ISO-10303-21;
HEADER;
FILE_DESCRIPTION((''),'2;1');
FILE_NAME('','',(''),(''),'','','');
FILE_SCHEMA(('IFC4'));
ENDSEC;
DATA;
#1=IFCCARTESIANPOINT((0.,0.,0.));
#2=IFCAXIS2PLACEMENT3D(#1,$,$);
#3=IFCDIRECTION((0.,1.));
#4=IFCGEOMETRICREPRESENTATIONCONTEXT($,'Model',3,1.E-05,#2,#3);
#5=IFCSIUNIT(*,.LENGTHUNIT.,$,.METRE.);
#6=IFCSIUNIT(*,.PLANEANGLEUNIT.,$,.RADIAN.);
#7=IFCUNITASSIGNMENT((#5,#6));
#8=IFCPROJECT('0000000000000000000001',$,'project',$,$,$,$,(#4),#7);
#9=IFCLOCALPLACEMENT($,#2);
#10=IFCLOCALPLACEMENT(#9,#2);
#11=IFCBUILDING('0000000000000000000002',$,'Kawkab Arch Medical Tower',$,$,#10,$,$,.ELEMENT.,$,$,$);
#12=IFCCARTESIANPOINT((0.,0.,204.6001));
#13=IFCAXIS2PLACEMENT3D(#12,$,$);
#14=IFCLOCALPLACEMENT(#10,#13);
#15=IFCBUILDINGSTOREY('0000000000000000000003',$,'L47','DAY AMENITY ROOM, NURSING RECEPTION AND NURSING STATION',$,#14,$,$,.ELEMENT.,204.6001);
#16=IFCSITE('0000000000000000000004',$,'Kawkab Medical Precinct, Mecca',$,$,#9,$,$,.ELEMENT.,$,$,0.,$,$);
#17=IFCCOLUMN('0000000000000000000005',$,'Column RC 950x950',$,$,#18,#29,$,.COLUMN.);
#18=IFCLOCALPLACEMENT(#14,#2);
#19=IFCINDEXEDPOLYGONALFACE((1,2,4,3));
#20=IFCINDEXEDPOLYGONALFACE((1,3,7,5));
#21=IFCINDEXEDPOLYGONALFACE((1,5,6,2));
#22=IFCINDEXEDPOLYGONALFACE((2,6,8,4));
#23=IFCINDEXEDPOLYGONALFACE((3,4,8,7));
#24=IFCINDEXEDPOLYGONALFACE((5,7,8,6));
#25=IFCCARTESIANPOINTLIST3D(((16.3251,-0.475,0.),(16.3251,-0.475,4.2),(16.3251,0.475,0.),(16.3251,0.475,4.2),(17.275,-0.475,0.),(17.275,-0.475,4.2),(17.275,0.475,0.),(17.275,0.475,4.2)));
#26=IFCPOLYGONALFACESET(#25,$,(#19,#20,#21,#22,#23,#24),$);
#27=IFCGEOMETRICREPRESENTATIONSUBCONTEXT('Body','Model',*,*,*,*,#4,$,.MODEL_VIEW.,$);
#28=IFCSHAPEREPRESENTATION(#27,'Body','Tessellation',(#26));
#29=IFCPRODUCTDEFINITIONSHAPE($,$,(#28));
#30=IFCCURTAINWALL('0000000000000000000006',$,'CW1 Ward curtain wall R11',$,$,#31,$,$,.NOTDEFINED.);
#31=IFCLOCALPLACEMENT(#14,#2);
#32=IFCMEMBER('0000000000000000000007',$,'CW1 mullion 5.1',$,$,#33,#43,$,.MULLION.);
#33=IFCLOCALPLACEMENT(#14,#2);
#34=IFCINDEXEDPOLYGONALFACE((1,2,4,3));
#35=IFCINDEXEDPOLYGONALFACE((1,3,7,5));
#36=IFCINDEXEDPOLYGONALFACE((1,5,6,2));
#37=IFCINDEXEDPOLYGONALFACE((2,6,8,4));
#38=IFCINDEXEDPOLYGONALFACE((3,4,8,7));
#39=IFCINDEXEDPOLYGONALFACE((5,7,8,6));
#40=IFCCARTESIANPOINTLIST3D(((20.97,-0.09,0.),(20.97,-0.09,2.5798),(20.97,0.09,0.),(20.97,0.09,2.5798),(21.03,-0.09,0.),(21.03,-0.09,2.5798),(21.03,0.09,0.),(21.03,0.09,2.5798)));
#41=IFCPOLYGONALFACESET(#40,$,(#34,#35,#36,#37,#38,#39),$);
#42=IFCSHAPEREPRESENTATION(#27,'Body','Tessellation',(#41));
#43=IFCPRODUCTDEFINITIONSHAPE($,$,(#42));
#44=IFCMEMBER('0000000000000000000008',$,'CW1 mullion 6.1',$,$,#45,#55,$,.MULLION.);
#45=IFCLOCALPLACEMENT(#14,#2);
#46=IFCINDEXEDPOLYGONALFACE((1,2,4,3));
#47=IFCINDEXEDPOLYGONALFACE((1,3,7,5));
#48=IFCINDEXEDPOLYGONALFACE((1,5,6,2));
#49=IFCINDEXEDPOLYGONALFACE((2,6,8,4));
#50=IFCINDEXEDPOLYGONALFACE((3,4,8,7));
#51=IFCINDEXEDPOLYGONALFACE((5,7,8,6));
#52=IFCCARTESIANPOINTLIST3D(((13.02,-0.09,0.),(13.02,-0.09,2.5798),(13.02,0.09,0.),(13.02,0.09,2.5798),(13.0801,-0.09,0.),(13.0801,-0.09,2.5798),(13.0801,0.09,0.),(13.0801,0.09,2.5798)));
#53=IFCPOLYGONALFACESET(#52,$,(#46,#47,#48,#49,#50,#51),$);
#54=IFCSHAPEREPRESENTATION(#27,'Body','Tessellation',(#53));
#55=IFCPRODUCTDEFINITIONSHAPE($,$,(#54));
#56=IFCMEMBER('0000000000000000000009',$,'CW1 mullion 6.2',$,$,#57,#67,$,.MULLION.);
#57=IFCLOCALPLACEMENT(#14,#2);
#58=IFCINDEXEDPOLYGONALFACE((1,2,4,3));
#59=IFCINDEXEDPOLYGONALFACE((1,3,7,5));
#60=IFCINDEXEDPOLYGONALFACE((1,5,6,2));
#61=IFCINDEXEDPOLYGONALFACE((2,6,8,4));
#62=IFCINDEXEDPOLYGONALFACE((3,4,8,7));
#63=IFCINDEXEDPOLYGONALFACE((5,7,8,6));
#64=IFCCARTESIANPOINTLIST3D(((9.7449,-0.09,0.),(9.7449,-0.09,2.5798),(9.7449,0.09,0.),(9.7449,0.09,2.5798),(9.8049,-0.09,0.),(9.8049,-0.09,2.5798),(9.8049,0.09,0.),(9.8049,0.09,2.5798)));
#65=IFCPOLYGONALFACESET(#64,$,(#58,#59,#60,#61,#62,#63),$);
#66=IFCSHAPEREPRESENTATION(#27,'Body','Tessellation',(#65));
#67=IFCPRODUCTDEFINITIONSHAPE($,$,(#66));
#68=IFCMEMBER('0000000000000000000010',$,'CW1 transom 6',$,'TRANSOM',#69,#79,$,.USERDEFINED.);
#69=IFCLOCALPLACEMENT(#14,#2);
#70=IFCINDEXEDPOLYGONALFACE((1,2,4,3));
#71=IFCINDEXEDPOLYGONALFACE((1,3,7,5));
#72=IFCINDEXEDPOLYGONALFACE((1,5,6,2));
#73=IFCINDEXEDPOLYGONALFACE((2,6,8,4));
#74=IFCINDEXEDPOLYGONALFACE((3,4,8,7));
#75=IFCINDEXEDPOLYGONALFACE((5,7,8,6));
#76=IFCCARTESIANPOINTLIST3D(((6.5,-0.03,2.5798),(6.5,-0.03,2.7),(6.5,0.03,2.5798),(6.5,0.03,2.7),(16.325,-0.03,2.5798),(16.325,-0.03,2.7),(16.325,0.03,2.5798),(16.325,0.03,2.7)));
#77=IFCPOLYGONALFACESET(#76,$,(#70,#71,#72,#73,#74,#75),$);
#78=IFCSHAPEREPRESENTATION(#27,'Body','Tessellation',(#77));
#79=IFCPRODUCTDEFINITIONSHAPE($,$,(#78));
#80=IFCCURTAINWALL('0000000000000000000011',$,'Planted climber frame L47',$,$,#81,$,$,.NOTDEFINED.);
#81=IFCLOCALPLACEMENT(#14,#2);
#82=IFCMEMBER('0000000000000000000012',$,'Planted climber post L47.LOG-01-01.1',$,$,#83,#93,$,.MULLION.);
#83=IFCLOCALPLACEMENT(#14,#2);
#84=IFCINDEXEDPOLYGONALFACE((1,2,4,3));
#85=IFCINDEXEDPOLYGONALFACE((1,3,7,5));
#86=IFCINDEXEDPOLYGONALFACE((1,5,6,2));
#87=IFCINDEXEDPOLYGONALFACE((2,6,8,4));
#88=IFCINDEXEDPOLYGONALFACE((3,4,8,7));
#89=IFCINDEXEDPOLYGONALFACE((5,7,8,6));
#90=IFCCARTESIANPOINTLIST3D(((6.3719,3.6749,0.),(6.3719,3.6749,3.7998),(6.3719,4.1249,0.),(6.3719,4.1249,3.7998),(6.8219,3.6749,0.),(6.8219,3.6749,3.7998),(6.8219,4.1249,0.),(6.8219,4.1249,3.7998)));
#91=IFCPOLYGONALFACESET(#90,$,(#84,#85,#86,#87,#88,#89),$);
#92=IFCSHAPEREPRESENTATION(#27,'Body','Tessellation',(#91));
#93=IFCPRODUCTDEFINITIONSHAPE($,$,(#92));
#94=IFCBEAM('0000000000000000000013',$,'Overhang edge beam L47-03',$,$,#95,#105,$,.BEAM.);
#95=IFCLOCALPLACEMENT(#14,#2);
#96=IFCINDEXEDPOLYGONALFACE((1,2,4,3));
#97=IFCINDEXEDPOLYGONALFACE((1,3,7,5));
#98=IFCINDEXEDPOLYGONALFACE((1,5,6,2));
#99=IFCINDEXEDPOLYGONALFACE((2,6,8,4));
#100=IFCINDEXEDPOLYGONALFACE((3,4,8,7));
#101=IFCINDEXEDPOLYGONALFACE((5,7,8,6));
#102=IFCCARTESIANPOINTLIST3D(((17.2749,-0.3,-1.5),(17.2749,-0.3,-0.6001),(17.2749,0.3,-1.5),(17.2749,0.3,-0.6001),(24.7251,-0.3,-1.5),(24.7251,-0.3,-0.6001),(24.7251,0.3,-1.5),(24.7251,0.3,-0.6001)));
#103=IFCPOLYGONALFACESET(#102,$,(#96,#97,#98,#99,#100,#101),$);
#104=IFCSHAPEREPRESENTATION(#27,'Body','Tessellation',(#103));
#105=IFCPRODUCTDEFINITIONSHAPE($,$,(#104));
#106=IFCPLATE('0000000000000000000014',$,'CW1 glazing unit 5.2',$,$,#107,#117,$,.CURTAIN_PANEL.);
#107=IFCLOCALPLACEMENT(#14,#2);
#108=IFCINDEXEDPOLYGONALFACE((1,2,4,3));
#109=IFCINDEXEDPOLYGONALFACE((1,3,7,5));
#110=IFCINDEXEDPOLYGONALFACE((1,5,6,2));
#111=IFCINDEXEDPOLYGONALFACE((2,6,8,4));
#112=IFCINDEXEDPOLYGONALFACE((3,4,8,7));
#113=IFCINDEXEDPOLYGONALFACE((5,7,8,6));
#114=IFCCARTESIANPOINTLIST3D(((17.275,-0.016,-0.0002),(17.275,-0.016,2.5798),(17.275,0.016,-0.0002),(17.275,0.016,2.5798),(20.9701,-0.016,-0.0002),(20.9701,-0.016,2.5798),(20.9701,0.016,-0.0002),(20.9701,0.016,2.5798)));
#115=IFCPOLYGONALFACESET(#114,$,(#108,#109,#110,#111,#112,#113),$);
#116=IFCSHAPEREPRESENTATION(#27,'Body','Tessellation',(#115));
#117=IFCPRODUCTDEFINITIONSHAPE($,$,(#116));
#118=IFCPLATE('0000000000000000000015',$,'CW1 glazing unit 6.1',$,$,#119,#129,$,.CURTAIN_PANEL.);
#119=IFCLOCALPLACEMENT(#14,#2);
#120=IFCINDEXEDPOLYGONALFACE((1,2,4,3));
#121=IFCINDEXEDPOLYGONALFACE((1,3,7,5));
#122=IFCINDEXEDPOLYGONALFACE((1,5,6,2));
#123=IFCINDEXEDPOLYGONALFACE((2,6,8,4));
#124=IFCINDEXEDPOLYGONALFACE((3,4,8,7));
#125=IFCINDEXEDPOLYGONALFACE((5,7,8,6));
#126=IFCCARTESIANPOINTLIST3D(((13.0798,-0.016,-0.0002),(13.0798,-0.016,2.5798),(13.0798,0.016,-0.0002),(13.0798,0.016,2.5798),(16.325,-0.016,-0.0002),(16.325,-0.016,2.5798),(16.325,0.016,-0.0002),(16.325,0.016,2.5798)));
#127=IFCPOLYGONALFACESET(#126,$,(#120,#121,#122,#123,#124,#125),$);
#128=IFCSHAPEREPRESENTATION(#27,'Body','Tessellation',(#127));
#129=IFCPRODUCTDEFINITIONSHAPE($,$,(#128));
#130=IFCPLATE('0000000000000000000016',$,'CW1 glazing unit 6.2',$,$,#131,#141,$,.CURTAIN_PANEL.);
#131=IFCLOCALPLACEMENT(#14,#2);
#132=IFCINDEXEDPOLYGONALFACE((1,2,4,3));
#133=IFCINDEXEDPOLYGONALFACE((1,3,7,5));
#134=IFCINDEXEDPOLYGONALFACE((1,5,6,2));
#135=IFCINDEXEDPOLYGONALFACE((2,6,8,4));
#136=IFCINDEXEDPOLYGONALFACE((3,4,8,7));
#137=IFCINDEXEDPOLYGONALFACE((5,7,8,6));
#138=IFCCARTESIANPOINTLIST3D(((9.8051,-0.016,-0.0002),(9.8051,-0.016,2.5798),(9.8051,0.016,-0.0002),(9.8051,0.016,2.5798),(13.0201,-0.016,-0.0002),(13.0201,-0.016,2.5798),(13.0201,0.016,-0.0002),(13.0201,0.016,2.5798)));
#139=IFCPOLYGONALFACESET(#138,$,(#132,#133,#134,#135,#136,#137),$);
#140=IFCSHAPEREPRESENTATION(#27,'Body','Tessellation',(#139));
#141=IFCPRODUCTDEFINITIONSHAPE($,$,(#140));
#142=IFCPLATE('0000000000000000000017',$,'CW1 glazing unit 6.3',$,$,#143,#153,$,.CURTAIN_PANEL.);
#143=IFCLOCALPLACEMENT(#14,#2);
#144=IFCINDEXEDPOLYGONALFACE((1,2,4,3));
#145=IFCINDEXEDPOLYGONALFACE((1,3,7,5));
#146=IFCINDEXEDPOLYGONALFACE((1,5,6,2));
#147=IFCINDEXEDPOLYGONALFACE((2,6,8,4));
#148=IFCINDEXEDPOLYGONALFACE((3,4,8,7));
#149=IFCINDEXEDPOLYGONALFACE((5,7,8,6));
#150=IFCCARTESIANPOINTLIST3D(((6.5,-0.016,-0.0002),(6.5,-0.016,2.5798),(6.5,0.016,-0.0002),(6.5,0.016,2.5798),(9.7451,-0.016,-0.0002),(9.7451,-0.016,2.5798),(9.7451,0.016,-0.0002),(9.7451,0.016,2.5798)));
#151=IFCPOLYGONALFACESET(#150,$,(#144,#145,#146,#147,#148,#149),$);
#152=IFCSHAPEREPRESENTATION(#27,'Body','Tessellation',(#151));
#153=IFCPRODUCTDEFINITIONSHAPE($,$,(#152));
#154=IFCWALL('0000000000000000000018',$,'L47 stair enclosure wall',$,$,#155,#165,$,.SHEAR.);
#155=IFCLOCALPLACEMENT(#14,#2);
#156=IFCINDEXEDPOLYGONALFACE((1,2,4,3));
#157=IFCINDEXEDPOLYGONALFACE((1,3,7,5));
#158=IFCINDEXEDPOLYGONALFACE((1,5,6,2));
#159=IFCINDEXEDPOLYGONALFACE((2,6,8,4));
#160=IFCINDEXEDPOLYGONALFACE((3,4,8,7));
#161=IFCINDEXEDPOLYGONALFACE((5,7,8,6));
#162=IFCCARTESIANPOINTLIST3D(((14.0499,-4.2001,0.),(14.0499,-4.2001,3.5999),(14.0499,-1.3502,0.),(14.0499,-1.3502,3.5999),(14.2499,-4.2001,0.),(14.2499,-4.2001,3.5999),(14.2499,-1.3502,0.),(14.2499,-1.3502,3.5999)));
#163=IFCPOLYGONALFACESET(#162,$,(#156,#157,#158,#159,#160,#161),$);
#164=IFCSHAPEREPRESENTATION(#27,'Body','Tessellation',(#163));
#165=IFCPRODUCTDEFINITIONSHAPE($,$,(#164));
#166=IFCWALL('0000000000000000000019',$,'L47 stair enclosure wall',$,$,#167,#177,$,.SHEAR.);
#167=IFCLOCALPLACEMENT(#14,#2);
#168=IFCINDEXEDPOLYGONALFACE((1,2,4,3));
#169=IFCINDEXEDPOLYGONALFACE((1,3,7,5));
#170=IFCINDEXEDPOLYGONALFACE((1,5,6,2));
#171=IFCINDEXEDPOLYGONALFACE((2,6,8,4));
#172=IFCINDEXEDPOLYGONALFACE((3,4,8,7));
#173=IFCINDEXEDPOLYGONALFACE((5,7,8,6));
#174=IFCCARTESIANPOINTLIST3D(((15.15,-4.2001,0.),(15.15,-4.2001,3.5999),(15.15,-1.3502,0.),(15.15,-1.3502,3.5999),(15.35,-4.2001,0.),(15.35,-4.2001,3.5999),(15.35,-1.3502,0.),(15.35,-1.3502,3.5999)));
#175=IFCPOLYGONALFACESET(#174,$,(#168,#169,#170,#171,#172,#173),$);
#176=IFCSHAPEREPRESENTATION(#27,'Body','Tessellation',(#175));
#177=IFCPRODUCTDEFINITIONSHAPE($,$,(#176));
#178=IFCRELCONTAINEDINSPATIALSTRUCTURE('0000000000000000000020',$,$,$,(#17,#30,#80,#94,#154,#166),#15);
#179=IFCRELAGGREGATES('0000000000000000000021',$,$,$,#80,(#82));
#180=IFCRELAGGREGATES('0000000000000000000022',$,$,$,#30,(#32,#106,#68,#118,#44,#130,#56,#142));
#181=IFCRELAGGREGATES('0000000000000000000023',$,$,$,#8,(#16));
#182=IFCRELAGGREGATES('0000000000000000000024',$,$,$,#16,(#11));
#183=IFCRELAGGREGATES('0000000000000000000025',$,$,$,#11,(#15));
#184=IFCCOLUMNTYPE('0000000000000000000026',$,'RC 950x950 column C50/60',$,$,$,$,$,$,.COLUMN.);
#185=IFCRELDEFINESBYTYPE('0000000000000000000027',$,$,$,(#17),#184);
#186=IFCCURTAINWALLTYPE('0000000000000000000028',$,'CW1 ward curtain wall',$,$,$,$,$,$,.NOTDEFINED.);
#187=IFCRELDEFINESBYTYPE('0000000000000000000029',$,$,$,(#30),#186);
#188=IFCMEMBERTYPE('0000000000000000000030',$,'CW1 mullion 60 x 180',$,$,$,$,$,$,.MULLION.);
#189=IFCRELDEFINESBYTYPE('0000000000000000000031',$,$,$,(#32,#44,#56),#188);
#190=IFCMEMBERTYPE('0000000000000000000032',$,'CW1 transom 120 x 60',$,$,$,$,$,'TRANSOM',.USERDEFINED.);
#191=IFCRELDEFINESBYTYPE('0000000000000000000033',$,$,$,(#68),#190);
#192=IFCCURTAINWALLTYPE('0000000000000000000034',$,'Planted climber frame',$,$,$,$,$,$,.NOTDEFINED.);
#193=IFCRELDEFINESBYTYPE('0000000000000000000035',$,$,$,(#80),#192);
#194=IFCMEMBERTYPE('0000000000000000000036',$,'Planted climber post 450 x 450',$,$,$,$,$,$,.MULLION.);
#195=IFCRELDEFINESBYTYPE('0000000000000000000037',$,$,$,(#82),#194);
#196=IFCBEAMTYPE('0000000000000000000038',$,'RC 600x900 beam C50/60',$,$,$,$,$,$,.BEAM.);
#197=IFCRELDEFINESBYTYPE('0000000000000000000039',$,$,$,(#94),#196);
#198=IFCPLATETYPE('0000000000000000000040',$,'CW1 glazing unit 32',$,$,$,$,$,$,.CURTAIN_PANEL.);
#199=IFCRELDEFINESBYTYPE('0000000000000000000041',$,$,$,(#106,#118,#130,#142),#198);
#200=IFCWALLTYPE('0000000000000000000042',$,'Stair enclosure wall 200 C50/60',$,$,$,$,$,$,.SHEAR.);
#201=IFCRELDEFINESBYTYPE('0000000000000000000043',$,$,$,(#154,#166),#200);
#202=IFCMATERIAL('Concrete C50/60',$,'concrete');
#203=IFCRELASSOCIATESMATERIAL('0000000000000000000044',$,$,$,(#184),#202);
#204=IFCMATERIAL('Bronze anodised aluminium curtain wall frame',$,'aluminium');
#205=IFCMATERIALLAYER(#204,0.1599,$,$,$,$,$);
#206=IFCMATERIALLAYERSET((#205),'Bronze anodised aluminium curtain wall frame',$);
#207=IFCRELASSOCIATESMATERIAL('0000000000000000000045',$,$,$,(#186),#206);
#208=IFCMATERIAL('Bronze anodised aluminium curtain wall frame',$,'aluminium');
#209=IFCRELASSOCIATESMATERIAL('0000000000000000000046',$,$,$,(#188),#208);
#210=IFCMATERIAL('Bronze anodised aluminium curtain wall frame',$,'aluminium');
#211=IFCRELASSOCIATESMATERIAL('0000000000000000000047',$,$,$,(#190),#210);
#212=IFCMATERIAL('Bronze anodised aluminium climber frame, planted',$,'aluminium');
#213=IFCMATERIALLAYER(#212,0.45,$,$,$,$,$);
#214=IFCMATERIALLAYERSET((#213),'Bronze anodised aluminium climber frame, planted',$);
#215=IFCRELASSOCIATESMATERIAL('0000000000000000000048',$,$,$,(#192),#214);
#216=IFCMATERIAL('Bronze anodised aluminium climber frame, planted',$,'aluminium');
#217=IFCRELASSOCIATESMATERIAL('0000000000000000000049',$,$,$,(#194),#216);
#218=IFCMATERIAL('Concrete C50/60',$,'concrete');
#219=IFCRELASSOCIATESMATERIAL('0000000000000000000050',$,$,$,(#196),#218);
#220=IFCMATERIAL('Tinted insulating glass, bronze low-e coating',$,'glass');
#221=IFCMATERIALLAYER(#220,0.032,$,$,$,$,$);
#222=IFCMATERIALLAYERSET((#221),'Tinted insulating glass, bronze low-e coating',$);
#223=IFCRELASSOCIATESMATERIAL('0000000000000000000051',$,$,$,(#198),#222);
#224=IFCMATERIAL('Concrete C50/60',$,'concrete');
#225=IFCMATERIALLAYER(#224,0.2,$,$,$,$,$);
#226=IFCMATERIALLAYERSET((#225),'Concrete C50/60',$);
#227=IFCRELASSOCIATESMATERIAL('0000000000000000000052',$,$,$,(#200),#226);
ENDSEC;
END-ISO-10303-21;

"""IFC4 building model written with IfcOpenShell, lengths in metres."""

from ifc_helpers import new_model, si_unit, direction, frame, frame_2d, origin, origin_2d, place, context, subcontext, project, spatial, rectangle, extrude, material, layer, layer_set, material_profile, profile_set, type_object, element, aggregate, save


model = new_model("IFC4")

# Units and contexts
model_context = context("Model", 3, precision=1e-05, world=origin(), true_north=direction((0.0, 1.0)))
body_context = subcontext(model_context, "Body", "Model", "MODEL_VIEW")
ifc_project = project(units=[si_unit("LENGTHUNIT", "METRE"), si_unit("PLANEANGLEUNIT", "RADIAN")], contexts=[model_context])

# Site, building, storey
site_placement = place(None, origin())
site = spatial("IfcSite", under=ifc_project, at=site_placement, Name="Kawkab Medical Precinct, Mecca", CompositionType="ELEMENT", RefElevation=0.0)
building_placement = place(site_placement, origin())
building = spatial("IfcBuilding", under=site, at=building_placement, Name="Kawkab Arch Medical Tower", CompositionType="ELEMENT")
storey_placement = place(building_placement, frame((0.0, 0.0, 204.6001)))
storey = spatial("IfcBuildingStorey", under=building, at=storey_placement, Name="L47", Description="DAY AMENITY ROOM, NURSING RECEPTION AND NURSING STATION", CompositionType="ELEMENT", Elevation=204.6001)

# Column
ifc_material_1 = material(Name="Concrete C50/60", Category="concrete")
ifc_material_profile_1 = material_profile(ifc_material_1, rectangle(XDim=0.95, YDim=0.95, at=origin_2d()), Name="RC 950x950")
ifc_profile_set_1 = profile_set([ifc_material_profile_1], Name="Concrete C50/60")
column_type = type_object("IfcColumnType", Name="RC 950x950 column C50/60", PredefinedType="COLUMN", material=ifc_profile_set_1)
column_placement = place(storey_placement, frame((16.8, 0.0, 0.0), z_axis=(0.0, 0.0, 1.0), x_axis=(1.0, 0.0, 0.0)))
element("IfcColumn", 1, at=column_placement, inside=storey, type_object=column_type, Name="Column RC 950x950", PredefinedType="COLUMN", context=body_context, shape_type="SweptSolid", body=[
    extrude(rectangle(XDim=0.95, YDim=0.95, at=origin_2d()), origin(), (0.0, 0.0, 1.0), 4.2),
])

# Curtain wall, members
ifc_material_2 = material(Name="Bronze anodised aluminium curtain wall frame", Category="aluminium")
ifc_layer_1 = layer(ifc_material_2, 0.1599)
ifc_layer_set_1 = layer_set([ifc_layer_1], Name="Bronze anodised aluminium curtain wall frame")
curtain_wall_type_1 = type_object("IfcCurtainWallType", Name="CW1 ward curtain wall", PredefinedType="NOTDEFINED", material=ifc_layer_set_1)
placement = place(storey_placement, origin())
curtain_wall_1 = element("IfcCurtainWall", 2, at=placement, inside=storey, type_object=curtain_wall_type_1, Name="CW1 Ward curtain wall R11", PredefinedType="NOTDEFINED")
ifc_material_3 = material(Name="Bronze anodised aluminium curtain wall frame", Category="aluminium")
ifc_material_profile_2 = material_profile(ifc_material_3, rectangle(XDim=0.1799, YDim=0.0601, at=origin_2d()), Name="AL 60x180")
ifc_profile_set_2 = profile_set([ifc_material_profile_2], Name="Bronze anodised aluminium curtain wall frame")
member_type_1 = type_object("IfcMemberType", Name="CW1 mullion 60 x 180", PredefinedType="MULLION", material=ifc_profile_set_2)
member_1_placement = place(storey_placement, frame((21.0, 0.0, 0.0), z_axis=(0.0, 0.0, 1.0), x_axis=(0.0, -1.0, 0.0)))
member_1 = element("IfcMember", 3, at=member_1_placement, type_object=member_type_1, Name="CW1 mullion 5.1", PredefinedType="MULLION", context=body_context, shape_type="SweptSolid", body=[
    extrude(rectangle(XDim=0.1799, YDim=0.0601, at=origin_2d()), origin(), (0.0, 0.0, 1.0), 2.5798),
])
member_2_placement = place(storey_placement, frame((13.05, 0.0, 0.0), z_axis=(0.0, 0.0, 1.0), x_axis=(0.0, -1.0, 0.0)))
member_2 = element("IfcMember", 4, at=member_2_placement, type_object=member_type_1, Name="CW1 mullion 6.1", PredefinedType="MULLION", context=body_context, shape_type="SweptSolid", body=[
    extrude(rectangle(XDim=0.1799, YDim=0.0601, at=origin_2d()), origin(), (0.0, 0.0, 1.0), 2.5798),
])
member_3_placement = place(storey_placement, frame((9.7749, 0.0, 0.0), z_axis=(0.0, 0.0, 1.0), x_axis=(0.0, -1.0, 0.0)))
member_3 = element("IfcMember", 5, at=member_3_placement, type_object=member_type_1, Name="CW1 mullion 6.2", PredefinedType="MULLION", context=body_context, shape_type="SweptSolid", body=[
    extrude(rectangle(XDim=0.1799, YDim=0.0601, at=origin_2d()), origin(), (0.0, 0.0, 1.0), 2.5798),
])
ifc_material_4 = material(Name="Bronze anodised aluminium curtain wall frame", Category="aluminium")
ifc_material_profile_3 = material_profile(ifc_material_4, rectangle(XDim=0.0601, YDim=0.1201, at=origin_2d()), Name="AL 60x120")
ifc_profile_set_3 = profile_set([ifc_material_profile_3], Name="Bronze anodised aluminium curtain wall frame")
member_type_2 = type_object("IfcMemberType", Name="CW1 transom 120 x 60", ElementType="TRANSOM", PredefinedType="USERDEFINED", material=ifc_profile_set_3)
member_4_placement = place(storey_placement, frame((16.325, 0.0, 2.6399), z_axis=(-1.0, 0.0, 0.0), x_axis=(0.0, -1.0, 0.0)))
member_4 = element("IfcMember", 6, at=member_4_placement, type_object=member_type_2, Name="CW1 transom 6", ObjectType="TRANSOM", PredefinedType="USERDEFINED", context=body_context, shape_type="SweptSolid", body=[
    extrude(rectangle(XDim=0.0601, YDim=0.1201, at=origin_2d()), origin(), (0.0, 0.0, 1.0), 9.825),
])

# Curtain wall, member
ifc_material_5 = material(Name="Bronze anodised aluminium climber frame, planted", Category="aluminium")
ifc_layer_2 = layer(ifc_material_5, 0.45)
ifc_layer_set_2 = layer_set([ifc_layer_2], Name="Bronze anodised aluminium climber frame, planted")
curtain_wall_type_2 = type_object("IfcCurtainWallType", Name="Planted climber frame", PredefinedType="NOTDEFINED", material=ifc_layer_set_2)
curtain_wall_2 = element("IfcCurtainWall", 7, at=placement, inside=storey, type_object=curtain_wall_type_2, Name="Planted climber frame L47", PredefinedType="NOTDEFINED")
ifc_material_6 = material(Name="Bronze anodised aluminium climber frame, planted", Category="aluminium")
ifc_material_profile_4 = material_profile(ifc_material_6, rectangle(XDim=0.45, YDim=0.45, at=origin_2d()), Name="Post 450x450")
ifc_profile_set_4 = profile_set([ifc_material_profile_4], Name="Bronze anodised aluminium climber frame, planted")
member_type_3 = type_object("IfcMemberType", Name="Planted climber post 450 x 450", PredefinedType="MULLION", material=ifc_profile_set_4)
member_5_placement = place(storey_placement, frame((6.5969, 3.8999, 0.0), z_axis=(0.0, 0.0, 1.0), x_axis=(1.0, 0.0, 0.0)))
member_5 = element("IfcMember", 8, at=member_5_placement, type_object=member_type_3, Name="Planted climber post L47.LOG-01-01.1", PredefinedType="MULLION", context=body_context, shape_type="SweptSolid", body=[
    extrude(rectangle(XDim=0.45, YDim=0.45, at=origin_2d()), origin(), (0.0, 0.0, 1.0), 3.7998),
])
aggregate(curtain_wall_2, [member_5])

# Beam
ifc_material_7 = material(Name="Concrete C50/60", Category="concrete")
ifc_material_profile_5 = material_profile(ifc_material_7, rectangle(XDim=0.6001, YDim=0.8999, at=origin_2d()), Name="RC 600x900")
ifc_profile_set_5 = profile_set([ifc_material_profile_5], Name="Concrete C50/60")
beam_type = type_object("IfcBeamType", Name="RC 600x900 beam C50/60", PredefinedType="BEAM", material=ifc_profile_set_5)
beam_placement = place(storey_placement, frame((17.2749, 0.0, -1.05), z_axis=(1.0, 0.0, 0.0), x_axis=(0.0, 1.0, 0.0)))
element("IfcBeam", 9, at=beam_placement, inside=storey, type_object=beam_type, Name="Overhang edge beam L47-03", PredefinedType="BEAM", context=body_context, shape_type="SweptSolid", body=[
    extrude(rectangle(XDim=0.6001, YDim=0.8999, at=origin_2d()), origin(), (0.0, 0.0, 1.0), 7.4502),
])

# Plates
ifc_material_8 = material(Name="Tinted insulating glass, bronze low-e coating", Category="glass")
ifc_layer_3 = layer(ifc_material_8, 0.032)
ifc_layer_set_3 = layer_set([ifc_layer_3], Name="Tinted insulating glass, bronze low-e coating")
plate_type = type_object("IfcPlateType", Name="CW1 glazing unit 32", PredefinedType="CURTAIN_PANEL", material=ifc_layer_set_3)
plate_1_placement = place(storey_placement, frame((19.1226, 0.0, -0.0002), z_axis=(0.0, 0.0, 1.0), x_axis=(-1.0, 0.0, 0.0)))
plate_1 = element("IfcPlate", 10, at=plate_1_placement, type_object=plate_type, Name="CW1 glazing unit 5.2", PredefinedType="CURTAIN_PANEL", context=body_context, shape_type="SweptSolid", body=[
    extrude(rectangle(XDim=3.6951, YDim=0.032, at=origin_2d()), origin(), (0.0, 0.0, 1.0), 2.5801),
])
plate_2_placement = place(storey_placement, frame((14.7024, 0.0, -0.0002), z_axis=(0.0, 0.0, 1.0), x_axis=(-1.0, 0.0, 0.0)))
plate_2 = element("IfcPlate", 11, at=plate_2_placement, type_object=plate_type, Name="CW1 glazing unit 6.1", PredefinedType="CURTAIN_PANEL", context=body_context, shape_type="SweptSolid", body=[
    extrude(rectangle(XDim=3.2451, YDim=0.032, at=origin_2d()), origin(), (0.0, 0.0, 1.0), 2.5801),
])
plate_3_placement = place(storey_placement, frame((11.4126, 0.0, -0.0002), z_axis=(0.0, 0.0, 1.0), x_axis=(-1.0, 0.0, 0.0)))
plate_3 = element("IfcPlate", 12, at=plate_3_placement, type_object=plate_type, Name="CW1 glazing unit 6.2", PredefinedType="CURTAIN_PANEL", context=body_context, shape_type="SweptSolid", body=[
    extrude(rectangle(XDim=3.2151, YDim=0.032, at=origin_2d()), origin(), (0.0, 0.0, 1.0), 2.5801),
])
plate_4_placement = place(storey_placement, frame((8.1226, 0.0, -0.0002), z_axis=(0.0, 0.0, 1.0), x_axis=(-1.0, 0.0, 0.0)))
plate_4 = element("IfcPlate", 13, at=plate_4_placement, type_object=plate_type, Name="CW1 glazing unit 6.3", PredefinedType="CURTAIN_PANEL", context=body_context, shape_type="SweptSolid", body=[
    extrude(rectangle(XDim=3.2451, YDim=0.032, at=origin_2d()), origin(), (0.0, 0.0, 1.0), 2.5801),
])
aggregate(curtain_wall_1, [member_1, plate_1, member_4, plate_2, member_2, plate_3, member_3, plate_4])

# Walls
ifc_material_9 = material(Name="Concrete C50/60", Category="concrete")
ifc_layer_4 = layer(ifc_material_9, 0.2)
ifc_layer_set_4 = layer_set([ifc_layer_4], Name="Concrete C50/60")
wall_type_1 = type_object("IfcWallType", Name="Stair enclosure wall 200 C50/60", PredefinedType="SHEAR", material=ifc_layer_set_4)
for number, where, z_axis, x_axis, name in (
    (14, (14.1499, -4.2, 0.0), (0.0, 0.0, 1.0), (0.0, 1.0, 0.0), "L47 stair enclosure wall"),
    (15, (15.25, -4.2, 0.0), (0.0, 0.0, 1.0), (0.0, 1.0, 0.0), "L47 stair enclosure wall"),
):
    element("IfcWall", number, at=place(storey_placement, frame(where, z_axis=z_axis, x_axis=x_axis)), inside=storey, type_object=wall_type_1, Name=name, PredefinedType="SHEAR", context=body_context, shape_type="SweptSolid", body=[
        extrude(rectangle(XDim=2.8499, YDim=0.2, at=frame_2d((1.4248, 0.0))), origin(), (0.0, 0.0, 1.0), 3.5999),
    ])

save(model, "model.ifc")
